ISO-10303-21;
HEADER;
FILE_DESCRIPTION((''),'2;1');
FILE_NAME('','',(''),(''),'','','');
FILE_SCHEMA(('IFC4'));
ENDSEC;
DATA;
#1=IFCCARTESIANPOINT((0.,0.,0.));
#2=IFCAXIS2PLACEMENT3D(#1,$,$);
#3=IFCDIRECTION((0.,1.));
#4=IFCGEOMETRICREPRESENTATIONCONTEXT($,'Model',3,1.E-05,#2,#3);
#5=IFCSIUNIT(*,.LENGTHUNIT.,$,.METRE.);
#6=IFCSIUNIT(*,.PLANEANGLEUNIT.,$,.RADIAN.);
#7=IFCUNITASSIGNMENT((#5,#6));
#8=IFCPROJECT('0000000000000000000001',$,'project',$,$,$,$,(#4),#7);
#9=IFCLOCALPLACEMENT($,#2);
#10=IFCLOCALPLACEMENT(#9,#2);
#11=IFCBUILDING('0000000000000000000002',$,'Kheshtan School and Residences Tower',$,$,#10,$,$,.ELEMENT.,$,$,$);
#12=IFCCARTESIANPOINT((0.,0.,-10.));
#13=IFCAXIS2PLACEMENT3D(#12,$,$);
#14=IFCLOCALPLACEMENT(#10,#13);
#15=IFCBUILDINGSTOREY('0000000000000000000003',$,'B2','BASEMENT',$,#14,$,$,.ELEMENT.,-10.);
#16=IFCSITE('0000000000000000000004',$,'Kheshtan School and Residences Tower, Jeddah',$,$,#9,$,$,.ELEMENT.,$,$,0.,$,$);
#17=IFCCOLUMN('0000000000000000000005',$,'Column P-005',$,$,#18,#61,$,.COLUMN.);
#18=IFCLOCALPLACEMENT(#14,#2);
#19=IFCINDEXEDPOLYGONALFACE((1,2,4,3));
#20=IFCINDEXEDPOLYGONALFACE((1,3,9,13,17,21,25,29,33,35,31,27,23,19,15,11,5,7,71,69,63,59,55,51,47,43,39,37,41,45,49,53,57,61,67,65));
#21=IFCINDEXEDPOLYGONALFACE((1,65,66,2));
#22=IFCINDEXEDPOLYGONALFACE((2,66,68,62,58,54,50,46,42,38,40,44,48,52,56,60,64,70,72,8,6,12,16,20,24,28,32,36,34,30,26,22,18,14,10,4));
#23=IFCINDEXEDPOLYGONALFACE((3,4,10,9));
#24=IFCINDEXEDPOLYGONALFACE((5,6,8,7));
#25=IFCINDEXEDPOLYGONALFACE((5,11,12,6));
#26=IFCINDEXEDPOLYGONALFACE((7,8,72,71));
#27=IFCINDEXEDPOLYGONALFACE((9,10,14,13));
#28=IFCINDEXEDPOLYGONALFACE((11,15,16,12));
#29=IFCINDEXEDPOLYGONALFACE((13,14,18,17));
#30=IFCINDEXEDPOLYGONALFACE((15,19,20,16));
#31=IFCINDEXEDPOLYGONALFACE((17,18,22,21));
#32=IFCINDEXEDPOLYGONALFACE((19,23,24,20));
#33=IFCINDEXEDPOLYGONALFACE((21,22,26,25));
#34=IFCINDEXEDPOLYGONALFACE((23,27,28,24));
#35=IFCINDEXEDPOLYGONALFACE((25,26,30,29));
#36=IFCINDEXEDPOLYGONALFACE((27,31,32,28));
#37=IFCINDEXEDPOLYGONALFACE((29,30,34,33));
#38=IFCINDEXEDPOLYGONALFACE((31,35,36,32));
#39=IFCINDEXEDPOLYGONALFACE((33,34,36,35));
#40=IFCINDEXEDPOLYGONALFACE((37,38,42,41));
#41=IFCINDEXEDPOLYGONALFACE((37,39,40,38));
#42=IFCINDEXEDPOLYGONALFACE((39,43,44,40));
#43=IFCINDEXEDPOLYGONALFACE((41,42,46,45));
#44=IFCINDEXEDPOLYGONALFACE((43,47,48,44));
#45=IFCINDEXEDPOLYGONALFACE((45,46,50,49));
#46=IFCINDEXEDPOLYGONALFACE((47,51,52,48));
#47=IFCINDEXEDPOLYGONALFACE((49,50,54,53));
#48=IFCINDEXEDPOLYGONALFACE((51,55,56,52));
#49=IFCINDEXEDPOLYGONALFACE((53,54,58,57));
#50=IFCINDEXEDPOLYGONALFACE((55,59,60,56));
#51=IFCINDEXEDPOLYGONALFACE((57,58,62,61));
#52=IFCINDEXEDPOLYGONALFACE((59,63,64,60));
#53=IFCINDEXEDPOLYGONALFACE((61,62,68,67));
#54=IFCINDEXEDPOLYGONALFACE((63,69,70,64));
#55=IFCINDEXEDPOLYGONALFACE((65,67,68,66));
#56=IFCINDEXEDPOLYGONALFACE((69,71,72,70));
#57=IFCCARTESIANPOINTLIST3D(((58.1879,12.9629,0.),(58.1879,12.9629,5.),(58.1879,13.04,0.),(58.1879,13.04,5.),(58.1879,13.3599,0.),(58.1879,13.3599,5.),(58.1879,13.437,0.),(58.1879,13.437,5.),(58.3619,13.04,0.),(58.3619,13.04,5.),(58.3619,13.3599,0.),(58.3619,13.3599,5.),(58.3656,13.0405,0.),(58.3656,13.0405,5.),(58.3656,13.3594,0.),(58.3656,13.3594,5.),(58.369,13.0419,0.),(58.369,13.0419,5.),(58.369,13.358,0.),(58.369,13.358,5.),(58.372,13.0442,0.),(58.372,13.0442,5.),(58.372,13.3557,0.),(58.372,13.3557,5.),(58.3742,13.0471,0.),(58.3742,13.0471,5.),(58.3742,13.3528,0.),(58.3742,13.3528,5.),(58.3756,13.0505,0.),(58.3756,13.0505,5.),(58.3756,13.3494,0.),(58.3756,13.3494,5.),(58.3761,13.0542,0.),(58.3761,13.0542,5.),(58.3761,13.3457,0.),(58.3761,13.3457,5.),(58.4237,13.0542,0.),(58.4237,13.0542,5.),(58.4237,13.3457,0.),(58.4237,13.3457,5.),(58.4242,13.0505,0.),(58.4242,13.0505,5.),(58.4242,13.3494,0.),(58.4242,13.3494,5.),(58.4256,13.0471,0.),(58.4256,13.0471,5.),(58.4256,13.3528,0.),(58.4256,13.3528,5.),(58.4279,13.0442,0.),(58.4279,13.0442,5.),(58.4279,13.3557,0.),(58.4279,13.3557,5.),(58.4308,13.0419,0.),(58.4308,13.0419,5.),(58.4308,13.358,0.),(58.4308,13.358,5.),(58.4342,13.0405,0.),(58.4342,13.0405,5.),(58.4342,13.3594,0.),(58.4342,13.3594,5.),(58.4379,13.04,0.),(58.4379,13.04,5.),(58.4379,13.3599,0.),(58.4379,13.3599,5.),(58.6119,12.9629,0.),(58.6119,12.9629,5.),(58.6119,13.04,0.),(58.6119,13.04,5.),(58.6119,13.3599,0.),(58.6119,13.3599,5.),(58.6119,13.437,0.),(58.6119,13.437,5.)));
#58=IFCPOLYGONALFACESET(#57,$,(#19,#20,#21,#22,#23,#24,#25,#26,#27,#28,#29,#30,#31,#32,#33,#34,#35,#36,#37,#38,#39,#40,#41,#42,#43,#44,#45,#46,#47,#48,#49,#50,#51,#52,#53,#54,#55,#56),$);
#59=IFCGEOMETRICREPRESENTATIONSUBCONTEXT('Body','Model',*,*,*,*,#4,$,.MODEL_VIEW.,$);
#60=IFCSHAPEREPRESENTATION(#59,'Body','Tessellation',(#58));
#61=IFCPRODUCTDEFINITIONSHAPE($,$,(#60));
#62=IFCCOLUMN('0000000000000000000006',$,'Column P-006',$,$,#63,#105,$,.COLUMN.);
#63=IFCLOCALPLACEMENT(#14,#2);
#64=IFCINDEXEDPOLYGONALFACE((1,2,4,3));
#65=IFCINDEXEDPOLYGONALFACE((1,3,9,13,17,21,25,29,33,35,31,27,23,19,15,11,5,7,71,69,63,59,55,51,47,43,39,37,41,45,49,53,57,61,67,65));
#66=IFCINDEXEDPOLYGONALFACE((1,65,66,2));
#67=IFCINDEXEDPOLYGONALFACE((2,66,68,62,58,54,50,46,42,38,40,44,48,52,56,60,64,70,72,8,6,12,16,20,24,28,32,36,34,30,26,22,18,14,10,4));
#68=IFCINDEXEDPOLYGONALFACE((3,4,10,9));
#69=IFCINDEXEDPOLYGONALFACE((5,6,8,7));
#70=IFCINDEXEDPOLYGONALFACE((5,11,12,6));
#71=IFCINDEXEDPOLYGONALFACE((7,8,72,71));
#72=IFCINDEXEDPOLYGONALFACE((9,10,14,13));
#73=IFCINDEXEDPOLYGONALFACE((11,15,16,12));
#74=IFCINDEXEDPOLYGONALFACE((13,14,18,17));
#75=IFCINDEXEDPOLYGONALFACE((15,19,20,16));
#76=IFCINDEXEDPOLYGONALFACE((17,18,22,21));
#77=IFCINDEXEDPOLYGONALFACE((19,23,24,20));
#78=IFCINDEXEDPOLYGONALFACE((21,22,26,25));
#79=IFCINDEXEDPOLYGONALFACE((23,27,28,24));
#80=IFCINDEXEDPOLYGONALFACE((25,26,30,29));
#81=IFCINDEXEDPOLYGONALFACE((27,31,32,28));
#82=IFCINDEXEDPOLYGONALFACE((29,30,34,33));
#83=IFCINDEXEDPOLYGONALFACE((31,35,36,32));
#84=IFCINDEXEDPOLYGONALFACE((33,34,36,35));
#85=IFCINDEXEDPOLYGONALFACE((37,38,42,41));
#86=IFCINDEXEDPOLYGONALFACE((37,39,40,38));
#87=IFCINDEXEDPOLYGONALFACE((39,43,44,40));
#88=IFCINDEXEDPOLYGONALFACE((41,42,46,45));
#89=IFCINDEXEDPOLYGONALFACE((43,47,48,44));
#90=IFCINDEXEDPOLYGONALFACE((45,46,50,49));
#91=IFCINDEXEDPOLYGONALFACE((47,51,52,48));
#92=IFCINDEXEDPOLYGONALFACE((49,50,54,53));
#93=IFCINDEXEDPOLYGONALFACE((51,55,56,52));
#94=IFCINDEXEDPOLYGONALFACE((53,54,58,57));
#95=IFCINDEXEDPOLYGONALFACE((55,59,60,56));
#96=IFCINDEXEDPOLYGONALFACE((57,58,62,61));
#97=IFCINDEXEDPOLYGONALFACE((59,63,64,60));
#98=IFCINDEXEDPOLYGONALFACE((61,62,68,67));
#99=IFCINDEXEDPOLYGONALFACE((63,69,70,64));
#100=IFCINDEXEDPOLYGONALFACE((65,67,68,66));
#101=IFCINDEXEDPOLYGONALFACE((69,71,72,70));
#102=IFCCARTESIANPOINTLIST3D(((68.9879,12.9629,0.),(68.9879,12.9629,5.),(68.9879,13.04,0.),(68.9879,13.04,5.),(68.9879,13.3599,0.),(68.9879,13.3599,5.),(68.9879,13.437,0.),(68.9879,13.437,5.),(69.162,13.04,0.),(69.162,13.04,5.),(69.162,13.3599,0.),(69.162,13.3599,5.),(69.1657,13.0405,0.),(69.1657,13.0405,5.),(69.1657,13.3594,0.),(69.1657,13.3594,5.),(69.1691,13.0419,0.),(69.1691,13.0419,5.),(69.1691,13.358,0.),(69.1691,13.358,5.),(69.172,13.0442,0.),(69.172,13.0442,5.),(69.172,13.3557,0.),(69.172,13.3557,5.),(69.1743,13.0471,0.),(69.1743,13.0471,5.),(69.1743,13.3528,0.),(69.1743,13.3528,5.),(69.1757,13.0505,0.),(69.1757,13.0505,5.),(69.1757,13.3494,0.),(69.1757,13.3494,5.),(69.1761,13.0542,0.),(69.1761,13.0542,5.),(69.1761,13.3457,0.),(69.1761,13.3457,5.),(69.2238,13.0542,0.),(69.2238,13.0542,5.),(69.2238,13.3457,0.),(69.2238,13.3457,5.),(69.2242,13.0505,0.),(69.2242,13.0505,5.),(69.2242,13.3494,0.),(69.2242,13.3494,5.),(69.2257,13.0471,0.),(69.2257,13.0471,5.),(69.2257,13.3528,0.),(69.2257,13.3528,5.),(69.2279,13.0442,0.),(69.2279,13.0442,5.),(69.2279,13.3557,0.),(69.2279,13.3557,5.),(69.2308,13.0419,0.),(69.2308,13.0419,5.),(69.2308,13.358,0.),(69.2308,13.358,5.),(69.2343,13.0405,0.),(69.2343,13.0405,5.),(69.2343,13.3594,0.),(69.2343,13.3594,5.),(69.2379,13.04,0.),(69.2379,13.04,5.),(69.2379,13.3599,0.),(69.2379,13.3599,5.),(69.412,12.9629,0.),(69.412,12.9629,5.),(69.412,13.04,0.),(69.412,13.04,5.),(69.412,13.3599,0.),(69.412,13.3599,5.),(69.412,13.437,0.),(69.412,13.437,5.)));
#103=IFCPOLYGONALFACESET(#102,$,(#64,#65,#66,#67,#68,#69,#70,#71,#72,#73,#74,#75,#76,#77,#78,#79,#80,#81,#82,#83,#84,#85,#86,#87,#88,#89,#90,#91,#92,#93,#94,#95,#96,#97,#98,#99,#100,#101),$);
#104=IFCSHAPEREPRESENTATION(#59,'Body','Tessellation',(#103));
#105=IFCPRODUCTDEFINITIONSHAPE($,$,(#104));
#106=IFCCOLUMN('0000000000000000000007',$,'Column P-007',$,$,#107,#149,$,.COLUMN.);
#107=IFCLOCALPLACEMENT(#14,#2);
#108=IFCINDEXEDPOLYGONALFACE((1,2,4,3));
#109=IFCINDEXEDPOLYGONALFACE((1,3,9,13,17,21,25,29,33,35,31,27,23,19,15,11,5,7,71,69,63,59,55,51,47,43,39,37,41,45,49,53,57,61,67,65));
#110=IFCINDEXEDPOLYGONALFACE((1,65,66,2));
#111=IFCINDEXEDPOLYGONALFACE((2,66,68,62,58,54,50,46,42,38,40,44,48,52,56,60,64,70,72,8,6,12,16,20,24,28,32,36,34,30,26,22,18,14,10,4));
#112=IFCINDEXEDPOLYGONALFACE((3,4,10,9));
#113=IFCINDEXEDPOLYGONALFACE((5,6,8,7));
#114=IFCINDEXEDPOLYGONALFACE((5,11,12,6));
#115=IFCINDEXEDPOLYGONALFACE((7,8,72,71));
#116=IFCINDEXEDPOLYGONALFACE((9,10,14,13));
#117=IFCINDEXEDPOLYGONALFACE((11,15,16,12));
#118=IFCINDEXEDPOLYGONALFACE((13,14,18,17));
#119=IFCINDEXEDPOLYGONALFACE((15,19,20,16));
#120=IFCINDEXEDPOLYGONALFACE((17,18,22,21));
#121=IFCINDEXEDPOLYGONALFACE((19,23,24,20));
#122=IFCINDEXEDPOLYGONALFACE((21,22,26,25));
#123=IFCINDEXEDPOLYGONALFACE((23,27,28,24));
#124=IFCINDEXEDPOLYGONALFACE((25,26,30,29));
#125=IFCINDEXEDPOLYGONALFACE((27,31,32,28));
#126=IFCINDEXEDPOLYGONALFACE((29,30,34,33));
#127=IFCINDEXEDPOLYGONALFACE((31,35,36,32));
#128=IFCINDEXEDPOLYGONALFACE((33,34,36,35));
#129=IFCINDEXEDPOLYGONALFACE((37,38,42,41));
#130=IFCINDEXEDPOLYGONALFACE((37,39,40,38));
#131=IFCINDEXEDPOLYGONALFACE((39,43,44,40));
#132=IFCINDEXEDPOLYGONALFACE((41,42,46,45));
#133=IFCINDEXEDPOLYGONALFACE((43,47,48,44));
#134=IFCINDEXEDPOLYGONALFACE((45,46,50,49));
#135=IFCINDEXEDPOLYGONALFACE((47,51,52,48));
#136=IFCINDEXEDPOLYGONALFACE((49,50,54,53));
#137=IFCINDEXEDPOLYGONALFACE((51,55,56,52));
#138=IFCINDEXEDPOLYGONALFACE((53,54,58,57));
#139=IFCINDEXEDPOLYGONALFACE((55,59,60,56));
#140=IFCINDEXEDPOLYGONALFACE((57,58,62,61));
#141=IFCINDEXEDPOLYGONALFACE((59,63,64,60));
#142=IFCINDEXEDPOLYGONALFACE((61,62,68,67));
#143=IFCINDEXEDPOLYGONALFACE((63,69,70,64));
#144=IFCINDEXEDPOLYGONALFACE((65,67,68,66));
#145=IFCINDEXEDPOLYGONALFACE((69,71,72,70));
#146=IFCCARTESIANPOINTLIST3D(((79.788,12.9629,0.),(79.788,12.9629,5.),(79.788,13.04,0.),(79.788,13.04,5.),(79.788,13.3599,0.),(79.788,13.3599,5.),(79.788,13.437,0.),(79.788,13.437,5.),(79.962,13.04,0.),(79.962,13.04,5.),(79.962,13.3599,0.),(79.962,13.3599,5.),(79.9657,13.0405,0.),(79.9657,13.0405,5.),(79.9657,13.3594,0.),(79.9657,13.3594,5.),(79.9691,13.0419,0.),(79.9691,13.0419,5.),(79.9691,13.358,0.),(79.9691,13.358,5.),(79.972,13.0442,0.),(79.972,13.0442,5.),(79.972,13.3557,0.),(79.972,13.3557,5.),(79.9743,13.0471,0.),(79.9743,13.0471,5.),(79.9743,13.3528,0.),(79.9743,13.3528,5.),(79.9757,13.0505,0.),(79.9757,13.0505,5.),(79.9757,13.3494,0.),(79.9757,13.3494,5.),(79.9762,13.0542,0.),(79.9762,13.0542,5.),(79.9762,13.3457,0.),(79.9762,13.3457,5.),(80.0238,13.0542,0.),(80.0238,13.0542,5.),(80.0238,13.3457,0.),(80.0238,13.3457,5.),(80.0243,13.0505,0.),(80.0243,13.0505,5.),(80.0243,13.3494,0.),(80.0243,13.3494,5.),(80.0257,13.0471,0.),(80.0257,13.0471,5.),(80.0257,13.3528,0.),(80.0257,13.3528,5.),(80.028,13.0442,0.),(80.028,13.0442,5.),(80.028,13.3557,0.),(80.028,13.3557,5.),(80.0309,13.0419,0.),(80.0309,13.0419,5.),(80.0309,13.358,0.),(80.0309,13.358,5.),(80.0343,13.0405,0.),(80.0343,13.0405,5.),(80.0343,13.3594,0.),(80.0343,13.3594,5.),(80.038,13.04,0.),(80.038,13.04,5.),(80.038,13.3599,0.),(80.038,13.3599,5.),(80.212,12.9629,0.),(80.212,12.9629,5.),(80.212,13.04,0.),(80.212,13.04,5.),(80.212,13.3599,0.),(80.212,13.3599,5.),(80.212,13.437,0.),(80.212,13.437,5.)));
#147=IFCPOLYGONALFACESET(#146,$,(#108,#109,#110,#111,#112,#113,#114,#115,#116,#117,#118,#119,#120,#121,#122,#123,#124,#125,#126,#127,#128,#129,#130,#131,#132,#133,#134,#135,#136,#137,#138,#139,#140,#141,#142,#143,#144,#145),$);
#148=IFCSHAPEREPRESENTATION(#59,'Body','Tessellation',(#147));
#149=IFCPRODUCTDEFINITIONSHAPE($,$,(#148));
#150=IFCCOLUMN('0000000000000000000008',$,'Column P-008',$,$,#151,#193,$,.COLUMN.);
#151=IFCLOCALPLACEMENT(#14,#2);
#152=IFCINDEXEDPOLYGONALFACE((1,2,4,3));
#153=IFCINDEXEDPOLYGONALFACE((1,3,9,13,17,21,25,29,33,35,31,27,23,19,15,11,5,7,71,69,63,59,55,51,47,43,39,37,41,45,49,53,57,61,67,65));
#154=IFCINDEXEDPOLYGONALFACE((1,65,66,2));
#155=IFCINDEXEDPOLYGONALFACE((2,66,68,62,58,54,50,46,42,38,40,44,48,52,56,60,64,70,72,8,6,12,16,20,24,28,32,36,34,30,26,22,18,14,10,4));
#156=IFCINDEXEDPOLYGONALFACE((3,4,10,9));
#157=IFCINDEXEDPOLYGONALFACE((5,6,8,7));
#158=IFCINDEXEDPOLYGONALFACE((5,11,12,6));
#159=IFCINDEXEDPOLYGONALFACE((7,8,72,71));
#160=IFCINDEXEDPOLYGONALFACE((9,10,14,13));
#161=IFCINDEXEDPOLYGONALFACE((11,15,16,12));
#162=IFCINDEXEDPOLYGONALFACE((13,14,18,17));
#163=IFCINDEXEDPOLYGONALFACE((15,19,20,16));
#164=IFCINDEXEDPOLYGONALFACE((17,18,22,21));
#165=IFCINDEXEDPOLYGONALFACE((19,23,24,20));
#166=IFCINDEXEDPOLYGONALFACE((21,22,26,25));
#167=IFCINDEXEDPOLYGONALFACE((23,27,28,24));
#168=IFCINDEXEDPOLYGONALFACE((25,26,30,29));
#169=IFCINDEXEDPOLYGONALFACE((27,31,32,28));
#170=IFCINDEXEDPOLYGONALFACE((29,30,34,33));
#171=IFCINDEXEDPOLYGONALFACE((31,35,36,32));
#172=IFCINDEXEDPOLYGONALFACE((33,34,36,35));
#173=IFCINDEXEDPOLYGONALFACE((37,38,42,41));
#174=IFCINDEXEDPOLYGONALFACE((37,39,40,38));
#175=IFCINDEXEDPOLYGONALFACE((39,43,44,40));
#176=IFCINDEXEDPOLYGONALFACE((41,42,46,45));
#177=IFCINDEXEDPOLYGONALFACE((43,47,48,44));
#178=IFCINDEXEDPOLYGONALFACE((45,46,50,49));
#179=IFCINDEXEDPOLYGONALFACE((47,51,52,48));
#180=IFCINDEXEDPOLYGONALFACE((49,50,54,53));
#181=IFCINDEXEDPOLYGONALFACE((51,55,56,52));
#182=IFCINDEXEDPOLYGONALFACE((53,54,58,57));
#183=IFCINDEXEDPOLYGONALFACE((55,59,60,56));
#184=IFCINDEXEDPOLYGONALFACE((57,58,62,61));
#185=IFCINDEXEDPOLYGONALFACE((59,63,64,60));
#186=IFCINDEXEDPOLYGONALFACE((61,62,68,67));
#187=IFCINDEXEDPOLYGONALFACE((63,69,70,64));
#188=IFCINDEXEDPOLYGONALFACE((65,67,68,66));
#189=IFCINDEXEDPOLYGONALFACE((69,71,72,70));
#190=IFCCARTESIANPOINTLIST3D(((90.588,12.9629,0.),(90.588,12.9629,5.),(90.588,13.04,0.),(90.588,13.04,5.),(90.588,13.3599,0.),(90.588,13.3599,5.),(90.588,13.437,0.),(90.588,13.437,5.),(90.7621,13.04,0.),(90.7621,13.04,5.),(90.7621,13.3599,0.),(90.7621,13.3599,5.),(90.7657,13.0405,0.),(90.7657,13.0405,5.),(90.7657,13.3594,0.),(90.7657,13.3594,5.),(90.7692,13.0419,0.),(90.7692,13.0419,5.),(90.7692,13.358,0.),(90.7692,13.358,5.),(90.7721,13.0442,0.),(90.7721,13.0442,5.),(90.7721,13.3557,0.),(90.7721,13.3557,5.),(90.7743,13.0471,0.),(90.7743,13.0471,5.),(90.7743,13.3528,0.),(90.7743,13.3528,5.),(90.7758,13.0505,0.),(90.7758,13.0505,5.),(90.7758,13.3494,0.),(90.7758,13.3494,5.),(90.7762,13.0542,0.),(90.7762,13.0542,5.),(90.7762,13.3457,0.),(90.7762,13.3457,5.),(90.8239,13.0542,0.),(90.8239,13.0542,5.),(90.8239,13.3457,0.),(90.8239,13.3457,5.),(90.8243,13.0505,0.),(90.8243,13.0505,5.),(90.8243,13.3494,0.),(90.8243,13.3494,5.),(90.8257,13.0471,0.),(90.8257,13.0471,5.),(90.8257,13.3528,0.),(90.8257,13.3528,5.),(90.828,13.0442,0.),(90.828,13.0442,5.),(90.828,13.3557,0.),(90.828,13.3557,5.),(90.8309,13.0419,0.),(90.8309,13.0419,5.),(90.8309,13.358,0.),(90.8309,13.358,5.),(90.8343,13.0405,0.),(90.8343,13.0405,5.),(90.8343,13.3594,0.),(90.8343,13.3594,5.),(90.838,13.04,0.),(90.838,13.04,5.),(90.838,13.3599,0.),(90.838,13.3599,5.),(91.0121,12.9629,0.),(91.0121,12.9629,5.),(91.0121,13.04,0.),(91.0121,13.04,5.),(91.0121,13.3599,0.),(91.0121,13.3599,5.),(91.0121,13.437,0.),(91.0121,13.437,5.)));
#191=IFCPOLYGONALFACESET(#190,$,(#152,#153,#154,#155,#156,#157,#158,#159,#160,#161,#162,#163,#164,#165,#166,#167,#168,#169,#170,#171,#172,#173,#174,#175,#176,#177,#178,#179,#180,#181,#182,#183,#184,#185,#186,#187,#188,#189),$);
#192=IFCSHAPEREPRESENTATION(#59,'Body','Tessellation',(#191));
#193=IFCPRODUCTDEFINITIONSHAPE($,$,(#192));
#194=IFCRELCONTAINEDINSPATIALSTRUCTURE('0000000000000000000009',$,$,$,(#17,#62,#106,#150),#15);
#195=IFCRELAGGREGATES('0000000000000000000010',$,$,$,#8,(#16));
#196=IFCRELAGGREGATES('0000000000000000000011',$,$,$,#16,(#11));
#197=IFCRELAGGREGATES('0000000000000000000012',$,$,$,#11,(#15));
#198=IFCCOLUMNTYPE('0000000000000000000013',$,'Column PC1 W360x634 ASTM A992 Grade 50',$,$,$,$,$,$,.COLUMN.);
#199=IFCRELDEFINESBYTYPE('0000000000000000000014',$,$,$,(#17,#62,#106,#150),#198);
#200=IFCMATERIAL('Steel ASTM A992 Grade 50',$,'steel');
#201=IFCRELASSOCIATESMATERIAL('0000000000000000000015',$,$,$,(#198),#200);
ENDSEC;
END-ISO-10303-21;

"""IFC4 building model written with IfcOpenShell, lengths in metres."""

from ifc_helpers import new_model, si_unit, direction, frame, origin, origin_2d, place, context, subcontext, project, spatial, i_section, extrude, material, material_profile, profile_set, type_object, element, save


model = new_model("IFC4")

# Units and contexts
model_context = context("Model", 3, precision=1e-05, world=origin(), true_north=direction((0.0, 1.0)))
body_context = subcontext(model_context, "Body", "Model", "MODEL_VIEW")
ifc_project = project(units=[si_unit("LENGTHUNIT", "METRE"), si_unit("PLANEANGLEUNIT", "RADIAN")], contexts=[model_context])

# Site, building, storey
site_placement = place(None, origin())
site = spatial("IfcSite", under=ifc_project, at=site_placement, Name="Kheshtan School and Residences Tower, Jeddah", CompositionType="ELEMENT", RefElevation=0.0)
building_placement = place(site_placement, origin())
building = spatial("IfcBuilding", under=site, at=building_placement, Name="Kheshtan School and Residences Tower", CompositionType="ELEMENT")
storey_placement = place(building_placement, frame((0.0, 0.0, -10.0)))
storey = spatial("IfcBuildingStorey", under=building, at=storey_placement, Name="B2", Description="BASEMENT", CompositionType="ELEMENT", Elevation=-10.0)

# Columns
ifc_material = material(Name="Steel ASTM A992 Grade 50", Category="steel")
ifc_material_profile = material_profile(ifc_material, i_section(OverallWidth=0.4241, OverallDepth=0.4741, WebThickness=0.0476, FlangeThickness=0.0771, FilletRadius=0.0142, at=origin_2d()), Name="W360x634")
ifc_profile_set = profile_set([ifc_material_profile], Name="Steel ASTM A992 Grade 50")
column_type = type_object("IfcColumnType", Name="Column PC1 W360x634 ASTM A992 Grade 50", PredefinedType="COLUMN", material=ifc_profile_set)
for number, where, z_axis, x_axis, name in (
    (1, (58.3999, 13.2, 0.0), (0.0, 0.0, 1.0), (1.0, 0.0, 0.0), "Column P-005"),
    (2, (69.2, 13.2, 0.0), (0.0, 0.0, 1.0), (1.0, 0.0, 0.0), "Column P-006"),
    (3, (80.0, 13.2, 0.0), (0.0, 0.0, 1.0), (1.0, 0.0, 0.0), "Column P-007"),
    (4, (90.8, 13.2, 0.0), (0.0, 0.0, 1.0), (1.0, 0.0, 0.0), "Column P-008"),
):
    element("IfcColumn", number, at=place(storey_placement, frame(where, z_axis=z_axis, x_axis=x_axis)), inside=storey, type_object=column_type, Name=name, PredefinedType="COLUMN", context=body_context, shape_type="SweptSolid", body=[
        extrude(i_section(OverallWidth=0.4241, OverallDepth=0.4741, WebThickness=0.0476, FlangeThickness=0.0771, FilletRadius=0.0142, at=origin_2d()), origin(), (0.0, 0.0, 1.0), 5.0),
    ])

save(model, "model.ifc")
